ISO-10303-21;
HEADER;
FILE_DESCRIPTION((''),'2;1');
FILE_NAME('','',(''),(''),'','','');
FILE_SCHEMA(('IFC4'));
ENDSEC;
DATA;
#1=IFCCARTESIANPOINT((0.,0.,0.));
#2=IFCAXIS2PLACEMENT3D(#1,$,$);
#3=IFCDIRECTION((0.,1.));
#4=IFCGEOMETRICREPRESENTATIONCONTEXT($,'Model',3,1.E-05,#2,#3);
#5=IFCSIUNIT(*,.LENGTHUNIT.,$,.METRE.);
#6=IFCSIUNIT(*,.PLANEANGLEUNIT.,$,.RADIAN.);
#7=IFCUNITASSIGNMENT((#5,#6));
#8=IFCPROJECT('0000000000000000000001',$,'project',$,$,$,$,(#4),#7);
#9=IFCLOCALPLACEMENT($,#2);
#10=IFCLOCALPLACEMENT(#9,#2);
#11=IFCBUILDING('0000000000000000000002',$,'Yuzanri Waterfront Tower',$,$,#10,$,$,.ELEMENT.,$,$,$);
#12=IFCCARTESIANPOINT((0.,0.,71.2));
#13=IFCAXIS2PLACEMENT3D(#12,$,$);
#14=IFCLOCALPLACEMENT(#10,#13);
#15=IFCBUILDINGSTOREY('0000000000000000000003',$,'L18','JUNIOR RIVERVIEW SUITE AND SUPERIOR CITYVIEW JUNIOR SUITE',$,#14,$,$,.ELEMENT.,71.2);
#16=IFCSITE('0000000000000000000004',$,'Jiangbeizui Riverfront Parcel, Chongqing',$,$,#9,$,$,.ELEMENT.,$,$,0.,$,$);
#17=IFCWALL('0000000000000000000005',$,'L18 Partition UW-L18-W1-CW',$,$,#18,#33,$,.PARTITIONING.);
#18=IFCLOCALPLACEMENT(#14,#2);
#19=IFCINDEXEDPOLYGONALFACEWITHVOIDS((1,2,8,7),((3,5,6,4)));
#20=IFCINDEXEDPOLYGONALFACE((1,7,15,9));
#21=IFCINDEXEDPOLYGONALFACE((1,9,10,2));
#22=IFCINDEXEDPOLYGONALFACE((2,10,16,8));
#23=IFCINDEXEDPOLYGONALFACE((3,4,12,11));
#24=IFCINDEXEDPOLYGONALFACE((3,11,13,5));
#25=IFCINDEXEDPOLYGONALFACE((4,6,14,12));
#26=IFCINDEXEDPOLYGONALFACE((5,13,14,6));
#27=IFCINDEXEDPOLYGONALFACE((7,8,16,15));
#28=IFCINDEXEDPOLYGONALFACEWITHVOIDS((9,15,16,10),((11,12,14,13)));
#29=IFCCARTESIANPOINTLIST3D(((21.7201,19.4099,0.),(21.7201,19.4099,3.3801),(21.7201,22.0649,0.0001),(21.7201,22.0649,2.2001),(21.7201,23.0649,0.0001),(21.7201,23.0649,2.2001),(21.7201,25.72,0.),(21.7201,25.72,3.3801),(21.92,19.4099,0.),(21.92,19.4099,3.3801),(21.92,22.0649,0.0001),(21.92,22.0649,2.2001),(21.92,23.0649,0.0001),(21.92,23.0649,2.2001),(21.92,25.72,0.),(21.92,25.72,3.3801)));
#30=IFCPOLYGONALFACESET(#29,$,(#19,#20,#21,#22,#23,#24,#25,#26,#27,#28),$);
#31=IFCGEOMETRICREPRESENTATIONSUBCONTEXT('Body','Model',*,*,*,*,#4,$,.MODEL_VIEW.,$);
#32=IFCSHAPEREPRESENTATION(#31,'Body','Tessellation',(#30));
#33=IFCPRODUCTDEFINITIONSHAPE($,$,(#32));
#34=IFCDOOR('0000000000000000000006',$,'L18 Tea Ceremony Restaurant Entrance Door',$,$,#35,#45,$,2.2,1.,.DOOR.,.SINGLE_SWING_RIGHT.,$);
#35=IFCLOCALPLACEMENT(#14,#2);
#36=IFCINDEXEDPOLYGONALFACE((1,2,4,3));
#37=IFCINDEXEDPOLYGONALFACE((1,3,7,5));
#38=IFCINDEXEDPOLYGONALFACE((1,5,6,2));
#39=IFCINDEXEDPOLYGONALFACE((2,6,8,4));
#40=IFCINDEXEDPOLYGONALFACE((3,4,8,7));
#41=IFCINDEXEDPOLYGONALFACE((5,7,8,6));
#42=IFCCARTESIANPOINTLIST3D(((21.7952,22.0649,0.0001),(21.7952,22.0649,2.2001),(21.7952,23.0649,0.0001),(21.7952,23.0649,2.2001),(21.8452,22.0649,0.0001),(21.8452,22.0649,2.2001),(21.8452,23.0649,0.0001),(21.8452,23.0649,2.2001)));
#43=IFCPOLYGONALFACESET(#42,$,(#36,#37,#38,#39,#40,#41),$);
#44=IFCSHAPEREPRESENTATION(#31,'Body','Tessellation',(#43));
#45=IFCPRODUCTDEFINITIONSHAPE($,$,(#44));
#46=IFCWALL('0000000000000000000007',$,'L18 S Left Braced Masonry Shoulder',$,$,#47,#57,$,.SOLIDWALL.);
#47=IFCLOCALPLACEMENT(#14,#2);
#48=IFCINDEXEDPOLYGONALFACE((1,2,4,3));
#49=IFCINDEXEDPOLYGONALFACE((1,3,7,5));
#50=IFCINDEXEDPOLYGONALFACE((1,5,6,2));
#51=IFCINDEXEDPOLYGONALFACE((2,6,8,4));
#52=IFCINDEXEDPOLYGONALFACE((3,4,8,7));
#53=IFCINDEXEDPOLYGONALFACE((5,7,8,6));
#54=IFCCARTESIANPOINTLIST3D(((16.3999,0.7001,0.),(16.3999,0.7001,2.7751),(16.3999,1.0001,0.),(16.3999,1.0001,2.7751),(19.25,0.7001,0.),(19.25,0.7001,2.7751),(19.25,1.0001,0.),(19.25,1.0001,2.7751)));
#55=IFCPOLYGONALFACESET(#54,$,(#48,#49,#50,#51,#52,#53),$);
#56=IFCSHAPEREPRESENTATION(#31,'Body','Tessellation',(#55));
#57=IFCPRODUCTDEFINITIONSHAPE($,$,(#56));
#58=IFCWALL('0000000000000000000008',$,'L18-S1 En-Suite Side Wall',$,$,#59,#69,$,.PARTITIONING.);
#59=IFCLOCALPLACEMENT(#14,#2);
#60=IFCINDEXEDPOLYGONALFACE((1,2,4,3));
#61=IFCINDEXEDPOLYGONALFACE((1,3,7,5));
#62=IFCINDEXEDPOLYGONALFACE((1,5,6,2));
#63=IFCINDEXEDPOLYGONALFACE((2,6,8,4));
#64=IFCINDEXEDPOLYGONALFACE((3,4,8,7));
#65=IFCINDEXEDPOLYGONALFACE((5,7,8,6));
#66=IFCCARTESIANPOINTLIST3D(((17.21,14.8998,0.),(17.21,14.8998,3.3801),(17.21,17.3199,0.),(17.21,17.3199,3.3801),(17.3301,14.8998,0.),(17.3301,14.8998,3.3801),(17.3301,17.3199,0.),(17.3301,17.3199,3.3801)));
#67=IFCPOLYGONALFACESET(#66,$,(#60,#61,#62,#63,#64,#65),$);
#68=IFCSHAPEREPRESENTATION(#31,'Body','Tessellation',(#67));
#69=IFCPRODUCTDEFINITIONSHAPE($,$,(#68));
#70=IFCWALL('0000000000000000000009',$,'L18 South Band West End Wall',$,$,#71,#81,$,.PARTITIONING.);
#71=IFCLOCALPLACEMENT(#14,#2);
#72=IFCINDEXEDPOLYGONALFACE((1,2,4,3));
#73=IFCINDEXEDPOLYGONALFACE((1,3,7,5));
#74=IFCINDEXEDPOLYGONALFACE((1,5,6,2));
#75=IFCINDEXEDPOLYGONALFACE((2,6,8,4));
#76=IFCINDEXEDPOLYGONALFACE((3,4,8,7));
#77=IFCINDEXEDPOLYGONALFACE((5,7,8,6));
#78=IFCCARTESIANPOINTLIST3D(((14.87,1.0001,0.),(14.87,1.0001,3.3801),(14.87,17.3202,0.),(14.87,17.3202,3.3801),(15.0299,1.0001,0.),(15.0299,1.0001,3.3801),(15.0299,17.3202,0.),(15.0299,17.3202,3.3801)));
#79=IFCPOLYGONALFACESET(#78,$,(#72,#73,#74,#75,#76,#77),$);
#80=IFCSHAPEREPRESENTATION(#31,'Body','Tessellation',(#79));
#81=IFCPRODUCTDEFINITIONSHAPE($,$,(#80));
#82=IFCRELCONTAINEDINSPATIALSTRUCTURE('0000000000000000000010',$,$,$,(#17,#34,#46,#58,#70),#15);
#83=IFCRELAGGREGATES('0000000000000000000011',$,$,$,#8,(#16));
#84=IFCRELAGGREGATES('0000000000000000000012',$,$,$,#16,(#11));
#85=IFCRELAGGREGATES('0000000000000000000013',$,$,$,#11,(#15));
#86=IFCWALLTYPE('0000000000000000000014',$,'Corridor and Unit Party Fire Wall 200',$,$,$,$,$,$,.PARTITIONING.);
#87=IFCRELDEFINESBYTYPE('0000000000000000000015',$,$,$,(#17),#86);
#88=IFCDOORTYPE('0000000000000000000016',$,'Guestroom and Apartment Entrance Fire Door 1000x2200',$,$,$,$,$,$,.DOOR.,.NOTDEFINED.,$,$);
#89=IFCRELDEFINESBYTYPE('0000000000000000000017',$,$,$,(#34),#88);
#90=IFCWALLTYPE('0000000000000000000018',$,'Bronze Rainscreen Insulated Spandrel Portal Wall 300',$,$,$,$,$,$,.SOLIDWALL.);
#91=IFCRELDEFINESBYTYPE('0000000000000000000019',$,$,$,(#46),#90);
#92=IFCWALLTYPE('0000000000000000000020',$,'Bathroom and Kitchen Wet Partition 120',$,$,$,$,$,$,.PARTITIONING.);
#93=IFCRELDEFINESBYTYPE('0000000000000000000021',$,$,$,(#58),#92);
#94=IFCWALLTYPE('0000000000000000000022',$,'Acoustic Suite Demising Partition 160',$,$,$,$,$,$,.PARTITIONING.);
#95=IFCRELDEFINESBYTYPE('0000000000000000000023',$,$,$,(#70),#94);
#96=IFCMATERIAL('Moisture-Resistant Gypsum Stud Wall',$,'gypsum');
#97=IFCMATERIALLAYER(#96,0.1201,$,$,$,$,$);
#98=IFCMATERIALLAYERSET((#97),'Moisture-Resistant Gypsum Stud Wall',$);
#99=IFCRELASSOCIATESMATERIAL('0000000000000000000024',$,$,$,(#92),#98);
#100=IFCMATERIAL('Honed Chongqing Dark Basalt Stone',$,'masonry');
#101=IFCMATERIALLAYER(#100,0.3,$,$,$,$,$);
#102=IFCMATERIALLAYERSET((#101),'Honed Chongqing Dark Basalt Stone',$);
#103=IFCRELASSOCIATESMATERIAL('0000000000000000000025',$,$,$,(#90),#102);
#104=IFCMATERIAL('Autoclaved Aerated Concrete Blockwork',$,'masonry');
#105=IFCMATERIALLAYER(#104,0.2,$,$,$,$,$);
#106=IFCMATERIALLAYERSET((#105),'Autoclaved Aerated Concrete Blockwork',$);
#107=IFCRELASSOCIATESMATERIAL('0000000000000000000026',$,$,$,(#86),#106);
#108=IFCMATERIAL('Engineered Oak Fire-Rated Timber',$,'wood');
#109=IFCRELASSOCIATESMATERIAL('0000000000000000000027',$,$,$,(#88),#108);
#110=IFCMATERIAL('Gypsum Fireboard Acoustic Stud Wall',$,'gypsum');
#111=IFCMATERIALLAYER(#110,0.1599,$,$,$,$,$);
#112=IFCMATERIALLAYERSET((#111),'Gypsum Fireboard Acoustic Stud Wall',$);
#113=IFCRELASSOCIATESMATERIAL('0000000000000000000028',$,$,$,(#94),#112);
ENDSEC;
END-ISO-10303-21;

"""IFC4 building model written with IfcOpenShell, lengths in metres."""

from ifc_helpers import new_model, si_unit, direction, frame, frame_2d, origin, place, context, subcontext, project, spatial, rectangle, extrude, source, transform, mapped, material, layer, layer_set, type_object, element, fill, save


model = new_model("IFC4")

# Units and contexts
model_context = context("Model", 3, precision=1e-05, world=origin(), true_north=direction((0.0, 1.0)))
body_context = subcontext(model_context, "Body", "Model", "MODEL_VIEW")
ifc_project = project(units=[si_unit("LENGTHUNIT", "METRE"), si_unit("PLANEANGLEUNIT", "RADIAN")], contexts=[model_context])

# Site, building, storey
site_placement = place(None, origin())
site = spatial("IfcSite", under=ifc_project, at=site_placement, Name="Jiangbeizui Riverfront Parcel, Chongqing", CompositionType="ELEMENT", RefElevation=0.0)
building_placement = place(site_placement, origin())
building = spatial("IfcBuilding", under=site, at=building_placement, Name="Yuzanri Waterfront Tower", CompositionType="ELEMENT")
storey_placement = place(building_placement, frame((0.0, 0.0, 71.2)))
storey = spatial("IfcBuildingStorey", under=building, at=storey_placement, Name="L18", Description="JUNIOR RIVERVIEW SUITE AND SUPERIOR CITYVIEW JUNIOR SUITE", CompositionType="ELEMENT", Elevation=71.2)

# Shared definitions
ifc_material_1 = material(Name="Moisture-Resistant Gypsum Stud Wall", Category="gypsum")
ifc_layer_1 = layer(ifc_material_1, 0.1201)
ifc_layer_set_1 = layer_set([ifc_layer_1], Name="Moisture-Resistant Gypsum Stud Wall")
wall_type_1 = type_object("IfcWallType", Name="Bathroom and Kitchen Wet Partition 120", PredefinedType="PARTITIONING", material=ifc_layer_set_1)

# Shared definitions
ifc_material_2 = material(Name="Honed Chongqing Dark Basalt Stone", Category="masonry")
ifc_layer_2 = layer(ifc_material_2, 0.3)
ifc_layer_set_2 = layer_set([ifc_layer_2], Name="Honed Chongqing Dark Basalt Stone")
wall_type_2 = type_object("IfcWallType", Name="Bronze Rainscreen Insulated Spandrel Portal Wall 300", PredefinedType="SOLIDWALL", material=ifc_layer_set_2)

# Wall, opening, door
ifc_material_3 = material(Name="Autoclaved Aerated Concrete Blockwork", Category="masonry")
ifc_layer_3 = layer(ifc_material_3, 0.2)
ifc_layer_set_3 = layer_set([ifc_layer_3], Name="Autoclaved Aerated Concrete Blockwork")
wall_type_3 = type_object("IfcWallType", Name="Corridor and Unit Party Fire Wall 200", PredefinedType="PARTITIONING", material=ifc_layer_set_3)
ifc_material_4 = material(Name="Engineered Oak Fire-Rated Timber", Category="wood")
door_type_1 = type_object("IfcDoorType", Name="Guestroom and Apartment Entrance Fire Door 1000x2200", OperationType="NOTDEFINED", PredefinedType="DOOR", material=ifc_material_4)
shared_shape_1 = source(origin(), body_context, "Body", "SweptSolid", [
    extrude(rectangle(XDim=1.0, YDim=2.2, at=frame_2d((0.5, 1.1001))), frame((0.0, 0.0249, 0.0), z_axis=(0.0, -1.0, 0.0), x_axis=(1.0, 0.0, 0.0)), (0.0, 0.0, 1.0), 0.05),
])
wall_1_placement = place(storey_placement, frame((21.8201, 19.4099, 0.0), z_axis=(0.0, 0.0, 1.0), x_axis=(0.0, 1.0, 0.0)))
wall_1 = element("IfcWall", 1, at=wall_1_placement, inside=storey, type_object=wall_type_3, Name="L18 Partition UW-L18-W1-CW", PredefinedType="PARTITIONING", context=body_context, shape_type="SweptSolid", body=[
    extrude(rectangle(XDim=6.3101, YDim=0.2, at=frame_2d((3.155, 0.0))), origin(), (0.0, 0.0, 1.0), 3.3801),
])
opening_1_placement = place(wall_1_placement, frame((2.655, 0.0, 0.0)))
opening_1 = element("IfcOpeningElement", 2, at=opening_1_placement, cuts=wall_1, PredefinedType="OPENING", context=body_context, shape_type="SweptSolid", body=[
    extrude(rectangle(XDim=1.0, YDim=2.2, at=frame_2d((0.5, 1.1001))), frame((0.0, 0.1147, 0.0), z_axis=(0.0, -1.0, 0.0), x_axis=(1.0, 0.0, 0.0)), (0.0, 0.0, 1.0), 0.2297),
])
door_1_placement = place(opening_1_placement, origin())
door_1 = element("IfcDoor", 3, at=door_1_placement, inside=storey, type_object=door_type_1, Name="L18 Tea Ceremony Restaurant Entrance Door", OperationType="SINGLE_SWING_RIGHT", OverallHeight=2.2, OverallWidth=1.0, PredefinedType="DOOR", context=body_context, shape_type="MappedRepresentation", body=[
    mapped(shared_shape_1, transform((0.0, 0.0, 0.0), scale=1.0)),
])
fill(opening_1, door_1)

# Walls
shared_shape_2 = source(origin(), body_context, "Body", "SweptSolid", [
    extrude(rectangle(XDim=2.8501, YDim=0.3, at=frame_2d((1.425, 0.0))), origin(), (0.0, 0.0, 1.0), 2.7751),
])
wall_2_placement = place(storey_placement, frame((16.3999, 0.8501, 0.0), z_axis=(0.0, 0.0, 1.0), x_axis=(1.0, 0.0, 0.0)))
element("IfcWall", 4, at=wall_2_placement, inside=storey, type_object=wall_type_2, Name="L18 S Left Braced Masonry Shoulder", PredefinedType="SOLIDWALL", context=body_context, shape_type="MappedRepresentation", body=[
    mapped(shared_shape_2, transform((0.0, 0.0, 0.0), scale=1.0)),
])
shared_shape_3 = source(origin(), body_context, "Body", "SweptSolid", [
    extrude(rectangle(XDim=2.4202, YDim=0.1201, at=frame_2d((1.21, 0.0))), origin(), (0.0, 0.0, 1.0), 3.3801),
])
wall_3_placement = place(storey_placement, frame((17.27, 14.8999, 0.0), z_axis=(0.0, 0.0, 1.0), x_axis=(0.0, 1.0, 0.0)))
element("IfcWall", 5, at=wall_3_placement, inside=storey, type_object=wall_type_1, Name="L18-S1 En-Suite Side Wall", PredefinedType="PARTITIONING", context=body_context, shape_type="MappedRepresentation", body=[
    mapped(shared_shape_3, transform((0.0, 0.0, 0.0), scale=1.0)),
])
ifc_material_5 = material(Name="Gypsum Fireboard Acoustic Stud Wall", Category="gypsum")
ifc_layer_4 = layer(ifc_material_5, 0.1599)
ifc_layer_set_4 = layer_set([ifc_layer_4], Name="Gypsum Fireboard Acoustic Stud Wall")
wall_type_4 = type_object("IfcWallType", Name="Acoustic Suite Demising Partition 160", PredefinedType="PARTITIONING", material=ifc_layer_set_4)
shared_shape_4 = source(origin(), body_context, "Body", "SweptSolid", [
    extrude(rectangle(XDim=16.3201, YDim=0.1599, at=frame_2d((8.1602, 0.0))), origin(), (0.0, 0.0, 1.0), 3.3801),
])
wall_4_placement = place(storey_placement, frame((14.95, 1.0, 0.0), z_axis=(0.0, 0.0, 1.0), x_axis=(0.0, 1.0, 0.0)))
element("IfcWall", 6, at=wall_4_placement, inside=storey, type_object=wall_type_4, Name="L18 South Band West End Wall", PredefinedType="PARTITIONING", context=body_context, shape_type="MappedRepresentation", body=[
    mapped(shared_shape_4, transform((0.0, 0.0, 0.0), scale=1.0)),
])

save(model, "model.ifc")
